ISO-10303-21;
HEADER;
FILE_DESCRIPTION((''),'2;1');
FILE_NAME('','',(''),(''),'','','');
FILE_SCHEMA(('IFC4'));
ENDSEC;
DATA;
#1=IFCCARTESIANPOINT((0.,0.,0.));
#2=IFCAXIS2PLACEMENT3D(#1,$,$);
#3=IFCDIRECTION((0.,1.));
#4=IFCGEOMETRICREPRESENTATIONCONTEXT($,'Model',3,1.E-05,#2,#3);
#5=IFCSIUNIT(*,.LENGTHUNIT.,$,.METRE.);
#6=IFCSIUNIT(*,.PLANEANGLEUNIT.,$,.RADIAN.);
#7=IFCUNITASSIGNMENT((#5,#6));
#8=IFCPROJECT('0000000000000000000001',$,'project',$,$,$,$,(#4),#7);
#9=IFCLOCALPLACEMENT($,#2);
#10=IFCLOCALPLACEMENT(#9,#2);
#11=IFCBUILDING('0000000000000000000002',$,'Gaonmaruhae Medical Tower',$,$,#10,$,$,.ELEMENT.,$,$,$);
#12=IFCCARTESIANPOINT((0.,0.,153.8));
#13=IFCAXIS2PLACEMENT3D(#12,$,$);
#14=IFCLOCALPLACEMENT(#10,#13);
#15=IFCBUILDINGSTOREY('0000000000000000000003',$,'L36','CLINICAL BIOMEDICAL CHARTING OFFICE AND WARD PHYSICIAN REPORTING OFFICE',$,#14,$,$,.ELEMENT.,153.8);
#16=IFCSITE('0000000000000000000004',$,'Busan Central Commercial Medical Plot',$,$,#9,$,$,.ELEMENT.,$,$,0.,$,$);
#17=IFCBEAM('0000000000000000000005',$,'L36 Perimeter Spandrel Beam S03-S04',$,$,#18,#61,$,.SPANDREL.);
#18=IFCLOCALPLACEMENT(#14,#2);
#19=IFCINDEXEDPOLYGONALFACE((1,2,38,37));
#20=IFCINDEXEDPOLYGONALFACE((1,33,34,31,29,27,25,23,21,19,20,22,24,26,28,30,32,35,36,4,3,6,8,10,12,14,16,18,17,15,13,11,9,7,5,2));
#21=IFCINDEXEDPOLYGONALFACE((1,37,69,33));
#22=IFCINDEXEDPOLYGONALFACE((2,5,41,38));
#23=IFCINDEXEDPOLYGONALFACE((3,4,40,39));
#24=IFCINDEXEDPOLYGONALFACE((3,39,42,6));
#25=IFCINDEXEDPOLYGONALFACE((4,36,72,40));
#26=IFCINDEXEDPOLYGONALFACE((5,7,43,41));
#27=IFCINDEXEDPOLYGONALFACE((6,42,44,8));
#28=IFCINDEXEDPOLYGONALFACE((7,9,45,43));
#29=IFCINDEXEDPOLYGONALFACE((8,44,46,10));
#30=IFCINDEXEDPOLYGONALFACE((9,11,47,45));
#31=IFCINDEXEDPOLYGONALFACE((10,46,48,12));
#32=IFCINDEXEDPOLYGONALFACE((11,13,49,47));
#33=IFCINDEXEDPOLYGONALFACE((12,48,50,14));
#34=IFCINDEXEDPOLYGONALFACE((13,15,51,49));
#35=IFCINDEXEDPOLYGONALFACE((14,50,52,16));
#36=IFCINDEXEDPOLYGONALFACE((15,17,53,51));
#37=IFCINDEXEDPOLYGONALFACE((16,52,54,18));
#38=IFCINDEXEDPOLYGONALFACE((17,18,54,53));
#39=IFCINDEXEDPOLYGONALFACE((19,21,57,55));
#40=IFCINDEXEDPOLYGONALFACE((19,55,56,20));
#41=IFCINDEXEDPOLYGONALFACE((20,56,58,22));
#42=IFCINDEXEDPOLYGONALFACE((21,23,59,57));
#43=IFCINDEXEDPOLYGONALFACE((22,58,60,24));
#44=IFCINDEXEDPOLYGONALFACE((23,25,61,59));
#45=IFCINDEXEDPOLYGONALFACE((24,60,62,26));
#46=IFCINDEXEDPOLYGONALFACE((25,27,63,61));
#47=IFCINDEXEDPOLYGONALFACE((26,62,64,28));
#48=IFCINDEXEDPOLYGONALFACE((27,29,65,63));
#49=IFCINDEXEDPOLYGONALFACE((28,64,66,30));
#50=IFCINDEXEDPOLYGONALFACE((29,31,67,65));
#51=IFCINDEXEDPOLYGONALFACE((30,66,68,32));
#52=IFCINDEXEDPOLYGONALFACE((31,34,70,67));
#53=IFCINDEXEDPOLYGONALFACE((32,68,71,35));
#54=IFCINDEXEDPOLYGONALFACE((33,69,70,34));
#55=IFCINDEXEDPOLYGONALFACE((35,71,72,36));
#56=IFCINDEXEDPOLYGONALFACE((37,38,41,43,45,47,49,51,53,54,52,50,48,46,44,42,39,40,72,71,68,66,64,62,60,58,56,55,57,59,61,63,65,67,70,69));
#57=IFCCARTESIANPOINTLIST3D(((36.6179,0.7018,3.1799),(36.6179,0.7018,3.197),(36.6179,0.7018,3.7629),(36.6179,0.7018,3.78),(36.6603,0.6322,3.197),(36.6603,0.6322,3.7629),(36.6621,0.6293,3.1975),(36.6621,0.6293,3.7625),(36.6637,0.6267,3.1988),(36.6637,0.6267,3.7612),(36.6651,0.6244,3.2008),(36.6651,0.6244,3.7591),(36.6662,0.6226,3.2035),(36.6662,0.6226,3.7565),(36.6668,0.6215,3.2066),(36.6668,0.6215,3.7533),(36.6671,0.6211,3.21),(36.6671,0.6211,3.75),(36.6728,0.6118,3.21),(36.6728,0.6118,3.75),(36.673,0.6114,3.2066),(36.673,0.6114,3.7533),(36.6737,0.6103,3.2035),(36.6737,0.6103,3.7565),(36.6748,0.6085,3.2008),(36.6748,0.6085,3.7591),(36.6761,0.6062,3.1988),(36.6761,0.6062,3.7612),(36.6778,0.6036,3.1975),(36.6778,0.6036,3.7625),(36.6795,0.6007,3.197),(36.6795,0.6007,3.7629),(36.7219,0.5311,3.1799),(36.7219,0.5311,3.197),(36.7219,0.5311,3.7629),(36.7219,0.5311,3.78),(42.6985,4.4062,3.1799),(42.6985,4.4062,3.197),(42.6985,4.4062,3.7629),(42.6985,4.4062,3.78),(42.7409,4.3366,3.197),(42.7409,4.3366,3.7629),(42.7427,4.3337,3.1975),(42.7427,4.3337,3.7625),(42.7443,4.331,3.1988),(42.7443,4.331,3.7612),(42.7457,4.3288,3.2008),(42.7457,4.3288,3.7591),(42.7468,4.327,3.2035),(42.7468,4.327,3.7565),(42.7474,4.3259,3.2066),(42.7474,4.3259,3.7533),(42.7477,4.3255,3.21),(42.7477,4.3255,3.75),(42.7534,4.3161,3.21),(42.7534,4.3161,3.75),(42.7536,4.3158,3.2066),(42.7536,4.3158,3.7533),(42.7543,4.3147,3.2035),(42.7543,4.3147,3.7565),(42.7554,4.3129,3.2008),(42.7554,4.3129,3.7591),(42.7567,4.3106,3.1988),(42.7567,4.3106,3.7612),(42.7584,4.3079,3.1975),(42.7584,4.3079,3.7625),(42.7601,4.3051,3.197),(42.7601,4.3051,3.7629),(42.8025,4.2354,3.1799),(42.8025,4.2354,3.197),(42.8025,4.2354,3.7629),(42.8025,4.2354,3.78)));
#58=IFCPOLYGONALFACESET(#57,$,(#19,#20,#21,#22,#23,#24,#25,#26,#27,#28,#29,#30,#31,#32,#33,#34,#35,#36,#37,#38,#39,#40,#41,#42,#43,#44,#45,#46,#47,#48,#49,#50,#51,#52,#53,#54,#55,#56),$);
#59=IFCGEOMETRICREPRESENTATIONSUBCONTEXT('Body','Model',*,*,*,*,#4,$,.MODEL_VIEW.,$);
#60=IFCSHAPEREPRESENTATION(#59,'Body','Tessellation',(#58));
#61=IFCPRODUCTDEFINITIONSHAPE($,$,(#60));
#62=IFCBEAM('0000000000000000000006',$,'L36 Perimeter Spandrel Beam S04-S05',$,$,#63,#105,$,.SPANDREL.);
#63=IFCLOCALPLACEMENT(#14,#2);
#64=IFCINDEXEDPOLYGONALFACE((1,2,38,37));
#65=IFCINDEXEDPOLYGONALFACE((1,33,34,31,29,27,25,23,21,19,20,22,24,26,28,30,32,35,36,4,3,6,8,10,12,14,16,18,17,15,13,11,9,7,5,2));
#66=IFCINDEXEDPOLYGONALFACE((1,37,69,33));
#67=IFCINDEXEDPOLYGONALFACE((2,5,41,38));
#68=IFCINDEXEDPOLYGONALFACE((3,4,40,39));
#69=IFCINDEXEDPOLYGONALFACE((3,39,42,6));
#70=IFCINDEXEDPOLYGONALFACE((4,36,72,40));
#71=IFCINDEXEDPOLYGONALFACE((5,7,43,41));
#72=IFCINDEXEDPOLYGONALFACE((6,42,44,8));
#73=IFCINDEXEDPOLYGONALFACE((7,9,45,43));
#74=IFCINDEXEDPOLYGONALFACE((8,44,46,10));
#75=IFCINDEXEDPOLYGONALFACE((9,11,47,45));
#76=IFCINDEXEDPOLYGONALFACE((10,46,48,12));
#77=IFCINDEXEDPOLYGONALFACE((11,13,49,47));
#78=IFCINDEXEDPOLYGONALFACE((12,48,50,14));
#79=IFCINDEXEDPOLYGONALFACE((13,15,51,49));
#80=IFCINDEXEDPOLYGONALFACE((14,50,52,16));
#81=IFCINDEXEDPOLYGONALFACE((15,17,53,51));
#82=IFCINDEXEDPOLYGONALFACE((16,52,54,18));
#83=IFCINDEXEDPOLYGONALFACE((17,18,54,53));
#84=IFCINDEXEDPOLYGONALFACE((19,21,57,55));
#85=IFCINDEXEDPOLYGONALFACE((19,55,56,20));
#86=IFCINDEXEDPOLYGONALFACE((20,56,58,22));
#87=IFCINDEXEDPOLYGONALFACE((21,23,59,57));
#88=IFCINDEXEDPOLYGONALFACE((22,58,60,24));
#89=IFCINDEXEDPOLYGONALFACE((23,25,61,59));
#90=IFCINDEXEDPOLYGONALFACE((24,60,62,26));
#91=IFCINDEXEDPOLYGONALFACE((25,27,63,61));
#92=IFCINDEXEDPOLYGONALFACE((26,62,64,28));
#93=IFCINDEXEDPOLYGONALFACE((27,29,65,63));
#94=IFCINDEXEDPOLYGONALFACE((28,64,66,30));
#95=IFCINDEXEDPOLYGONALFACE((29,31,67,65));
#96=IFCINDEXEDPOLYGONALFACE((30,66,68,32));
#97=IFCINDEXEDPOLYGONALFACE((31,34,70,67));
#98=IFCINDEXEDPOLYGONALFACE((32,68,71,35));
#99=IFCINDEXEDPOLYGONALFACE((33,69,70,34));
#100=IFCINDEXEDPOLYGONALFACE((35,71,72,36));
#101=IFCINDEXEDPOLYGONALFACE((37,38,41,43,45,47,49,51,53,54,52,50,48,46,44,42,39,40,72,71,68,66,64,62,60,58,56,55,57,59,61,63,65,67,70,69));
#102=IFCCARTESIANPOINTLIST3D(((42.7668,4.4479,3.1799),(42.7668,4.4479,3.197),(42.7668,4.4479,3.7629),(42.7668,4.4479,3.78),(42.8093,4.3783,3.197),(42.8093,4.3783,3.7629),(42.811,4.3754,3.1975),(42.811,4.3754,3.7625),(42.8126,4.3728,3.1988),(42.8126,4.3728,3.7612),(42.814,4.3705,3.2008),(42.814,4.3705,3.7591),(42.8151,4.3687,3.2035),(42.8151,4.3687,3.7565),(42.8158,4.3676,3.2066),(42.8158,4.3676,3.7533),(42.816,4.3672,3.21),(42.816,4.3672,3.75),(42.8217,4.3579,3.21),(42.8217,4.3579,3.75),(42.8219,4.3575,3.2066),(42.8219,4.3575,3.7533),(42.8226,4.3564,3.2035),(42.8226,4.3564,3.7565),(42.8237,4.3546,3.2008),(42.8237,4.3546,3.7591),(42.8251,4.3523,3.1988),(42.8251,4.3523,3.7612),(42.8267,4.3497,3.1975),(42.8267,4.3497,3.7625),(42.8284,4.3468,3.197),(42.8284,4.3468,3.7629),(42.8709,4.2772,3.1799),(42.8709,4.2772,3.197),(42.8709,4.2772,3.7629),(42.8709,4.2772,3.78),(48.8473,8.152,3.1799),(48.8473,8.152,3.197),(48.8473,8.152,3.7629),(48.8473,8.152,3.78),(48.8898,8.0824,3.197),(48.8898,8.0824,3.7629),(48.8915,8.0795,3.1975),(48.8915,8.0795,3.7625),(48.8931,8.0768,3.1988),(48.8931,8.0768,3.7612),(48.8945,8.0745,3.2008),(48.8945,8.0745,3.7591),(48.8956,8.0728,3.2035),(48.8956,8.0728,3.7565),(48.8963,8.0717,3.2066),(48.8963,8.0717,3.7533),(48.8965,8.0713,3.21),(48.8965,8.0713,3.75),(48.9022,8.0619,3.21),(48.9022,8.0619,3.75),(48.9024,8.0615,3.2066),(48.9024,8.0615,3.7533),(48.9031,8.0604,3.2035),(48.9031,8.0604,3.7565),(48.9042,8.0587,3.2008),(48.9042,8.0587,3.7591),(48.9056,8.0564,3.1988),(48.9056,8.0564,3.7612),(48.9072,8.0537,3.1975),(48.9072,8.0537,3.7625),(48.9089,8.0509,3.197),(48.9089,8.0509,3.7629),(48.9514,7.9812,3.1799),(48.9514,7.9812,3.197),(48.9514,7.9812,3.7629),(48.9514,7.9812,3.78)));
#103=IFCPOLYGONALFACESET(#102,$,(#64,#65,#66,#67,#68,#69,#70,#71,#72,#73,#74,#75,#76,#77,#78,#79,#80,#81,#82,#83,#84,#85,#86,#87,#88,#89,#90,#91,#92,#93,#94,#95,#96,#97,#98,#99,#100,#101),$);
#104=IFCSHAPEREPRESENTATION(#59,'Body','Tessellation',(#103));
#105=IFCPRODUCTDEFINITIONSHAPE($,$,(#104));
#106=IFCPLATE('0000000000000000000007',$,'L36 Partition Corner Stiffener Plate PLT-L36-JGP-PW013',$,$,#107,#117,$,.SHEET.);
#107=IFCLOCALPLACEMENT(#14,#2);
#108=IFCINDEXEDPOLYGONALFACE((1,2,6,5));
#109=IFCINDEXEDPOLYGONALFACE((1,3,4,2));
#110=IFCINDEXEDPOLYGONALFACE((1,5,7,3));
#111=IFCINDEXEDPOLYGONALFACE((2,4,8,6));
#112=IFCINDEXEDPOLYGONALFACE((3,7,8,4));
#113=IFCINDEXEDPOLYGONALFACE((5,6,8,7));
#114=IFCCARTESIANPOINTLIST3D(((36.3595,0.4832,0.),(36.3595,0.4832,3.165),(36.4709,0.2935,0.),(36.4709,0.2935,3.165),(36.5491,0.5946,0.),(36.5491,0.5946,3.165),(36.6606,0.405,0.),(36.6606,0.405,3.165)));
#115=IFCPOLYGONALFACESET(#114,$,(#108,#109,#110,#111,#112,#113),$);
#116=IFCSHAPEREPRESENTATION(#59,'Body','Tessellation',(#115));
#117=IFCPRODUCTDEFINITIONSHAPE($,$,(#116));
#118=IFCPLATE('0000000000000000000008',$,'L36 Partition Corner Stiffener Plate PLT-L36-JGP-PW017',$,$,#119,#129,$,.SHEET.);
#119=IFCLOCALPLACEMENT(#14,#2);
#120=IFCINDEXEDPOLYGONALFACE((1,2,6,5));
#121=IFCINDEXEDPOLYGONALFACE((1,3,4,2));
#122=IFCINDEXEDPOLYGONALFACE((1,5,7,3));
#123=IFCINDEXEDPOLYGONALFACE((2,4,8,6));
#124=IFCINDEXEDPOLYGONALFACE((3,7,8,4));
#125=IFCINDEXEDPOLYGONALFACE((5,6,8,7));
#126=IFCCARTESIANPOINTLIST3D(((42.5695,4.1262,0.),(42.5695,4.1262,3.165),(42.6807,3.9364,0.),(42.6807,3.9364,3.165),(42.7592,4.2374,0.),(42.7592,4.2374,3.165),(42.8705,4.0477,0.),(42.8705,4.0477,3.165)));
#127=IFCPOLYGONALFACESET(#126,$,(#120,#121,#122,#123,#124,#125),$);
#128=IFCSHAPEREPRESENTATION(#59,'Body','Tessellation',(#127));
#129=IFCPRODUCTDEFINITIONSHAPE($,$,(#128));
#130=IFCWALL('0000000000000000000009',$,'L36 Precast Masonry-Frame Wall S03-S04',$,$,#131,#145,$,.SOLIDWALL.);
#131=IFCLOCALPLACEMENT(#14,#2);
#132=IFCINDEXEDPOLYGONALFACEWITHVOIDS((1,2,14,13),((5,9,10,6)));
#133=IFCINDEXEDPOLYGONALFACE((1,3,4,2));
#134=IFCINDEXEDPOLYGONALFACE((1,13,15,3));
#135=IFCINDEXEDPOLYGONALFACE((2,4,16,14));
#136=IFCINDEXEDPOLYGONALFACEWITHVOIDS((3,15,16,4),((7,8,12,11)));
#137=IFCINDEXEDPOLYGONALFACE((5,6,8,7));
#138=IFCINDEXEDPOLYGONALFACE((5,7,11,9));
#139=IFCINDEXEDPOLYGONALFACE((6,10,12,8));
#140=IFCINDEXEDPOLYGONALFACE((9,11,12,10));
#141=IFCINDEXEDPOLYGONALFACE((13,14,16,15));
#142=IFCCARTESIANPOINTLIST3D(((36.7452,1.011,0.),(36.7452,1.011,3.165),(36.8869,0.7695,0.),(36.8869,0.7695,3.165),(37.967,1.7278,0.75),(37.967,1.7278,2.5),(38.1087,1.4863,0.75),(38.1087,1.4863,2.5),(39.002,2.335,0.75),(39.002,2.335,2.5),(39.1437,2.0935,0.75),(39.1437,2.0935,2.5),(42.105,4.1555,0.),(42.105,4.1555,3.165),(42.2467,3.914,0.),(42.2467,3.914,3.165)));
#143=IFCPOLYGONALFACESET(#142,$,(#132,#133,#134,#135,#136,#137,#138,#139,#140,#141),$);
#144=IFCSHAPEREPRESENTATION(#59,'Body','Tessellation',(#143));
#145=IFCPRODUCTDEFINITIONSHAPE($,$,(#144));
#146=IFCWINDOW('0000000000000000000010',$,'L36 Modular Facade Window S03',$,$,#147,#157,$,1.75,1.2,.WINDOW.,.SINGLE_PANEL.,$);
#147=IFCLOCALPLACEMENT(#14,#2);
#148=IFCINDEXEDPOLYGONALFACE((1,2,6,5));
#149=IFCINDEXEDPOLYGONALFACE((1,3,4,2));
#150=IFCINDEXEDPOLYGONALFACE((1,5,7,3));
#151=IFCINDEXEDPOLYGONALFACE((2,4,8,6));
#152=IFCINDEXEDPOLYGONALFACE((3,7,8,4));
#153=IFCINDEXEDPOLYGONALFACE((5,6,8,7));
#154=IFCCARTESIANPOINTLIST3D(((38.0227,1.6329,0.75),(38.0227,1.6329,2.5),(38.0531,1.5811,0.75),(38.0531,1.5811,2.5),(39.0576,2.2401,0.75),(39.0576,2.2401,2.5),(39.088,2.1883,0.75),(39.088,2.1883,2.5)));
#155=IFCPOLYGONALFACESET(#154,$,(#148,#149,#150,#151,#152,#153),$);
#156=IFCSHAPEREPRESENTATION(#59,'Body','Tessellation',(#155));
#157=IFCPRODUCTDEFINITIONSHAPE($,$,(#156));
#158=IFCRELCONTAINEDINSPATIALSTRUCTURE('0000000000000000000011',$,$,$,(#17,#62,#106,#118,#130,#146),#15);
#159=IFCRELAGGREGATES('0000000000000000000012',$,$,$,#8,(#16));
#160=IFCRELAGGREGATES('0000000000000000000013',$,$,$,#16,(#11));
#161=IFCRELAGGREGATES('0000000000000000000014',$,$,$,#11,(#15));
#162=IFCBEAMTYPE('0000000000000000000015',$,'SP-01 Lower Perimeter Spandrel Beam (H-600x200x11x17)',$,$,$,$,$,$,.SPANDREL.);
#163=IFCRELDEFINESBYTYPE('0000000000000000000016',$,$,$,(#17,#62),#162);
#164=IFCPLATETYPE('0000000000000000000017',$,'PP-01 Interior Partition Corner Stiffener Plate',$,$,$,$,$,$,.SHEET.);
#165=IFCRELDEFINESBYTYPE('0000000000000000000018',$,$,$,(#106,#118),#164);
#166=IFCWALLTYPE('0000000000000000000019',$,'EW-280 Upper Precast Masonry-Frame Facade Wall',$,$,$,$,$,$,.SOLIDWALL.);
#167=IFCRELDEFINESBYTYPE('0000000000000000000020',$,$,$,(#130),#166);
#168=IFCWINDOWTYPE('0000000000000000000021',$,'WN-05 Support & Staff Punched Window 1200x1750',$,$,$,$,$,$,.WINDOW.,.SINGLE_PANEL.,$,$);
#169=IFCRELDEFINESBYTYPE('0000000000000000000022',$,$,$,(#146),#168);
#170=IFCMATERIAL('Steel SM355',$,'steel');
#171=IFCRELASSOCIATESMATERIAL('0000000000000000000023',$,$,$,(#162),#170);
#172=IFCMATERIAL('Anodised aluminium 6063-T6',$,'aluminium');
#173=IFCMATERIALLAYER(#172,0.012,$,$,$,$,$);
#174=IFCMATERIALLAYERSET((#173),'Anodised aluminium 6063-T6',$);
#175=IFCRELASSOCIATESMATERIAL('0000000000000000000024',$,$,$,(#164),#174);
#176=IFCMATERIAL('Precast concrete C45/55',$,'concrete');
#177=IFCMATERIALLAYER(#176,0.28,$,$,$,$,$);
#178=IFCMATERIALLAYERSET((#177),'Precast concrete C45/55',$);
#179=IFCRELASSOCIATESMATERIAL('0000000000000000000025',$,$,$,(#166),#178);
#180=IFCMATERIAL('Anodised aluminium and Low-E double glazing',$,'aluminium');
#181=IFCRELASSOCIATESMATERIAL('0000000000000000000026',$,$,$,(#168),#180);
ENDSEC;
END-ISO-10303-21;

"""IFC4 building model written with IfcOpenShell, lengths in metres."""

from ifc_helpers import new_model, si_unit, direction, frame, frame_2d, origin, origin_2d, place, context, subcontext, project, spatial, rectangle, i_section, extrude, material, layer, layer_set, material_profile, profile_set, type_object, element, fill, save


model = new_model("IFC4")

# Units and contexts
model_context = context("Model", 3, precision=1e-05, world=origin(), true_north=direction((0.0, 1.0)))
body_context = subcontext(model_context, "Body", "Model", "MODEL_VIEW")
ifc_project = project(units=[si_unit("LENGTHUNIT", "METRE"), si_unit("PLANEANGLEUNIT", "RADIAN")], contexts=[model_context])

# Site, building, storey
site_placement = place(None, origin())
site = spatial("IfcSite", under=ifc_project, at=site_placement, Name="Busan Central Commercial Medical Plot", CompositionType="ELEMENT", RefElevation=0.0)
building_placement = place(site_placement, origin())
building = spatial("IfcBuilding", under=site, at=building_placement, Name="Gaonmaruhae Medical Tower", CompositionType="ELEMENT")
storey_placement = place(building_placement, frame((0.0, 0.0, 153.8)))
storey = spatial("IfcBuildingStorey", under=building, at=storey_placement, Name="L36", Description="CLINICAL BIOMEDICAL CHARTING OFFICE AND WARD PHYSICIAN REPORTING OFFICE", CompositionType="ELEMENT", Elevation=153.8)

# Beams
ifc_material_1 = material(Name="Steel SM355", Category="steel")
ifc_material_profile_1 = material_profile(ifc_material_1, i_section(OverallWidth=0.2, OverallDepth=0.6001, WebThickness=0.011, FlangeThickness=0.0171, FilletRadius=0.0129, at=origin_2d()), Name="H-600x200x11x17")
ifc_profile_set_1 = profile_set([ifc_material_profile_1], Name="Steel SM355")
beam_type_1 = type_object("IfcBeamType", Name="SP-01 Lower Perimeter Spandrel Beam (H-600x200x11x17)", PredefinedType="SPANDREL", material=ifc_profile_set_1)
beam_1_placement = place(storey_placement, frame((36.6699, 0.6165, 3.48), z_axis=(0.854003, 0.520268, 0.0), x_axis=(-0.520268, 0.854003, 0.0)))
element("IfcBeam", 1, at=beam_1_placement, inside=storey, type_object=beam_type_1, Name="L36 Perimeter Spandrel Beam S03-S04", PredefinedType="SPANDREL", context=body_context, shape_type="SweptSolid", body=[
    extrude(i_section(OverallWidth=0.2, OverallDepth=0.6001, WebThickness=0.011, FlangeThickness=0.0171, FilletRadius=0.0129, at=origin_2d()), origin(), (0.0, 0.0, 1.0), 7.1201),
])
beam_2_placement = place(storey_placement, frame((42.8188, 4.3625, 3.48), z_axis=(0.854018, 0.520243, 0.0), x_axis=(-0.520243, 0.854018, 0.0)))
element("IfcBeam", 2, at=beam_2_placement, inside=storey, type_object=beam_type_1, Name="L36 Perimeter Spandrel Beam S04-S05", PredefinedType="SPANDREL", context=body_context, shape_type="SweptSolid", body=[
    extrude(i_section(OverallWidth=0.2, OverallDepth=0.6001, WebThickness=0.011, FlangeThickness=0.0171, FilletRadius=0.0129, at=origin_2d()), origin(), (0.0, 0.0, 1.0), 7.1199),
])

# Plates
ifc_material_2 = material(Name="Anodised aluminium 6063-T6", Category="aluminium")
ifc_layer_1 = layer(ifc_material_2, 0.012)
ifc_layer_set_1 = layer_set([ifc_layer_1], Name="Anodised aluminium 6063-T6")
plate_type = type_object("IfcPlateType", Name="PP-01 Interior Partition Corner Stiffener Plate", PredefinedType="SHEET", material=ifc_layer_set_1)
for number, where, z_axis, x_axis, name in (
    (3, (36.51, 0.4441, 0.0), (0.0, 0.0, 1.0), (-0.862142, -0.506666, 0.0), "L36 Partition Corner Stiffener Plate PLT-L36-JGP-PW013"),
    (4, (42.72, 4.0869, 0.0), (0.0, 0.0, 1.0), (-0.862611, -0.505868, 0.0), "L36 Partition Corner Stiffener Plate PLT-L36-JGP-PW017"),
):
    element("IfcPlate", number, at=place(storey_placement, frame(where, z_axis=z_axis, x_axis=x_axis)), inside=storey, type_object=plate_type, Name=name, PredefinedType="SHEET", context=body_context, shape_type="SweptSolid", body=[
        extrude(rectangle(XDim=0.22, YDim=0.22, at=origin_2d()), origin(), (0.0, 0.0, 1.0), 3.165),
    ])

# Wall, opening, window
ifc_material_3 = material(Name="Precast concrete C45/55", Category="concrete")
ifc_layer_2 = layer(ifc_material_3, 0.28)
ifc_layer_set_2 = layer_set([ifc_layer_2], Name="Precast concrete C45/55")
wall_type_1 = type_object("IfcWallType", Name="EW-280 Upper Precast Masonry-Frame Facade Wall", PredefinedType="SOLIDWALL", material=ifc_layer_set_2)
wall_1_placement = place(storey_placement, frame((42.1758, 4.0347, 0.0), z_axis=(0.0, 0.0, 1.0), x_axis=(-0.862519, -0.506024, 0.0)))
wall_1 = element("IfcWall", 5, at=wall_1_placement, inside=storey, type_object=wall_type_1, Name="L36 Precast Masonry-Frame Wall S03-S04", PredefinedType="SOLIDWALL", context=body_context, shape_type="SweptSolid", body=[
    extrude(rectangle(XDim=6.2141, YDim=0.28, at=frame_2d((3.1069, 0.0))), origin(), (0.0, 0.0, 1.0), 3.165),
])
opening_1_placement = place(wall_1_placement, frame((3.5974, 0.0, 0.75)))
opening_1 = element("IfcOpeningElement", 6, at=opening_1_placement, cuts=wall_1, PredefinedType="OPENING", context=body_context, shape_type="SweptSolid", body=[
    extrude(rectangle(XDim=1.2, YDim=1.75, at=frame_2d((0.6001, 0.875))), frame((0.0, 0.1499, 0.0), z_axis=(0.0, -1.0, 0.0), x_axis=(1.0, 0.0, 0.0)), (0.0, 0.0, 1.0), 0.3),
])
ifc_material_4 = material(Name="Anodised aluminium and Low-E double glazing", Category="aluminium")
window_type = type_object("IfcWindowType", Name="WN-05 Support & Staff Punched Window 1200x1750", PartitioningType="SINGLE_PANEL", PredefinedType="WINDOW", material=ifc_material_4)
window_placement = place(opening_1_placement, origin())
window = element("IfcWindow", 7, at=window_placement, inside=storey, type_object=window_type, Name="L36 Modular Facade Window S03", OverallHeight=1.75, OverallWidth=1.2, PartitioningType="SINGLE_PANEL", PredefinedType="WINDOW", context=body_context, shape_type="SweptSolid", body=[
    extrude(rectangle(XDim=1.2, YDim=1.75, at=frame_2d((0.6001, 0.875))), frame((0.0, 0.03, 0.0), z_axis=(0.0, -1.0, 0.0), x_axis=(1.0, 0.0, 0.0)), (0.0, 0.0, 1.0), 0.0601),
])
fill(opening_1, window)

save(model, "model.ifc")
